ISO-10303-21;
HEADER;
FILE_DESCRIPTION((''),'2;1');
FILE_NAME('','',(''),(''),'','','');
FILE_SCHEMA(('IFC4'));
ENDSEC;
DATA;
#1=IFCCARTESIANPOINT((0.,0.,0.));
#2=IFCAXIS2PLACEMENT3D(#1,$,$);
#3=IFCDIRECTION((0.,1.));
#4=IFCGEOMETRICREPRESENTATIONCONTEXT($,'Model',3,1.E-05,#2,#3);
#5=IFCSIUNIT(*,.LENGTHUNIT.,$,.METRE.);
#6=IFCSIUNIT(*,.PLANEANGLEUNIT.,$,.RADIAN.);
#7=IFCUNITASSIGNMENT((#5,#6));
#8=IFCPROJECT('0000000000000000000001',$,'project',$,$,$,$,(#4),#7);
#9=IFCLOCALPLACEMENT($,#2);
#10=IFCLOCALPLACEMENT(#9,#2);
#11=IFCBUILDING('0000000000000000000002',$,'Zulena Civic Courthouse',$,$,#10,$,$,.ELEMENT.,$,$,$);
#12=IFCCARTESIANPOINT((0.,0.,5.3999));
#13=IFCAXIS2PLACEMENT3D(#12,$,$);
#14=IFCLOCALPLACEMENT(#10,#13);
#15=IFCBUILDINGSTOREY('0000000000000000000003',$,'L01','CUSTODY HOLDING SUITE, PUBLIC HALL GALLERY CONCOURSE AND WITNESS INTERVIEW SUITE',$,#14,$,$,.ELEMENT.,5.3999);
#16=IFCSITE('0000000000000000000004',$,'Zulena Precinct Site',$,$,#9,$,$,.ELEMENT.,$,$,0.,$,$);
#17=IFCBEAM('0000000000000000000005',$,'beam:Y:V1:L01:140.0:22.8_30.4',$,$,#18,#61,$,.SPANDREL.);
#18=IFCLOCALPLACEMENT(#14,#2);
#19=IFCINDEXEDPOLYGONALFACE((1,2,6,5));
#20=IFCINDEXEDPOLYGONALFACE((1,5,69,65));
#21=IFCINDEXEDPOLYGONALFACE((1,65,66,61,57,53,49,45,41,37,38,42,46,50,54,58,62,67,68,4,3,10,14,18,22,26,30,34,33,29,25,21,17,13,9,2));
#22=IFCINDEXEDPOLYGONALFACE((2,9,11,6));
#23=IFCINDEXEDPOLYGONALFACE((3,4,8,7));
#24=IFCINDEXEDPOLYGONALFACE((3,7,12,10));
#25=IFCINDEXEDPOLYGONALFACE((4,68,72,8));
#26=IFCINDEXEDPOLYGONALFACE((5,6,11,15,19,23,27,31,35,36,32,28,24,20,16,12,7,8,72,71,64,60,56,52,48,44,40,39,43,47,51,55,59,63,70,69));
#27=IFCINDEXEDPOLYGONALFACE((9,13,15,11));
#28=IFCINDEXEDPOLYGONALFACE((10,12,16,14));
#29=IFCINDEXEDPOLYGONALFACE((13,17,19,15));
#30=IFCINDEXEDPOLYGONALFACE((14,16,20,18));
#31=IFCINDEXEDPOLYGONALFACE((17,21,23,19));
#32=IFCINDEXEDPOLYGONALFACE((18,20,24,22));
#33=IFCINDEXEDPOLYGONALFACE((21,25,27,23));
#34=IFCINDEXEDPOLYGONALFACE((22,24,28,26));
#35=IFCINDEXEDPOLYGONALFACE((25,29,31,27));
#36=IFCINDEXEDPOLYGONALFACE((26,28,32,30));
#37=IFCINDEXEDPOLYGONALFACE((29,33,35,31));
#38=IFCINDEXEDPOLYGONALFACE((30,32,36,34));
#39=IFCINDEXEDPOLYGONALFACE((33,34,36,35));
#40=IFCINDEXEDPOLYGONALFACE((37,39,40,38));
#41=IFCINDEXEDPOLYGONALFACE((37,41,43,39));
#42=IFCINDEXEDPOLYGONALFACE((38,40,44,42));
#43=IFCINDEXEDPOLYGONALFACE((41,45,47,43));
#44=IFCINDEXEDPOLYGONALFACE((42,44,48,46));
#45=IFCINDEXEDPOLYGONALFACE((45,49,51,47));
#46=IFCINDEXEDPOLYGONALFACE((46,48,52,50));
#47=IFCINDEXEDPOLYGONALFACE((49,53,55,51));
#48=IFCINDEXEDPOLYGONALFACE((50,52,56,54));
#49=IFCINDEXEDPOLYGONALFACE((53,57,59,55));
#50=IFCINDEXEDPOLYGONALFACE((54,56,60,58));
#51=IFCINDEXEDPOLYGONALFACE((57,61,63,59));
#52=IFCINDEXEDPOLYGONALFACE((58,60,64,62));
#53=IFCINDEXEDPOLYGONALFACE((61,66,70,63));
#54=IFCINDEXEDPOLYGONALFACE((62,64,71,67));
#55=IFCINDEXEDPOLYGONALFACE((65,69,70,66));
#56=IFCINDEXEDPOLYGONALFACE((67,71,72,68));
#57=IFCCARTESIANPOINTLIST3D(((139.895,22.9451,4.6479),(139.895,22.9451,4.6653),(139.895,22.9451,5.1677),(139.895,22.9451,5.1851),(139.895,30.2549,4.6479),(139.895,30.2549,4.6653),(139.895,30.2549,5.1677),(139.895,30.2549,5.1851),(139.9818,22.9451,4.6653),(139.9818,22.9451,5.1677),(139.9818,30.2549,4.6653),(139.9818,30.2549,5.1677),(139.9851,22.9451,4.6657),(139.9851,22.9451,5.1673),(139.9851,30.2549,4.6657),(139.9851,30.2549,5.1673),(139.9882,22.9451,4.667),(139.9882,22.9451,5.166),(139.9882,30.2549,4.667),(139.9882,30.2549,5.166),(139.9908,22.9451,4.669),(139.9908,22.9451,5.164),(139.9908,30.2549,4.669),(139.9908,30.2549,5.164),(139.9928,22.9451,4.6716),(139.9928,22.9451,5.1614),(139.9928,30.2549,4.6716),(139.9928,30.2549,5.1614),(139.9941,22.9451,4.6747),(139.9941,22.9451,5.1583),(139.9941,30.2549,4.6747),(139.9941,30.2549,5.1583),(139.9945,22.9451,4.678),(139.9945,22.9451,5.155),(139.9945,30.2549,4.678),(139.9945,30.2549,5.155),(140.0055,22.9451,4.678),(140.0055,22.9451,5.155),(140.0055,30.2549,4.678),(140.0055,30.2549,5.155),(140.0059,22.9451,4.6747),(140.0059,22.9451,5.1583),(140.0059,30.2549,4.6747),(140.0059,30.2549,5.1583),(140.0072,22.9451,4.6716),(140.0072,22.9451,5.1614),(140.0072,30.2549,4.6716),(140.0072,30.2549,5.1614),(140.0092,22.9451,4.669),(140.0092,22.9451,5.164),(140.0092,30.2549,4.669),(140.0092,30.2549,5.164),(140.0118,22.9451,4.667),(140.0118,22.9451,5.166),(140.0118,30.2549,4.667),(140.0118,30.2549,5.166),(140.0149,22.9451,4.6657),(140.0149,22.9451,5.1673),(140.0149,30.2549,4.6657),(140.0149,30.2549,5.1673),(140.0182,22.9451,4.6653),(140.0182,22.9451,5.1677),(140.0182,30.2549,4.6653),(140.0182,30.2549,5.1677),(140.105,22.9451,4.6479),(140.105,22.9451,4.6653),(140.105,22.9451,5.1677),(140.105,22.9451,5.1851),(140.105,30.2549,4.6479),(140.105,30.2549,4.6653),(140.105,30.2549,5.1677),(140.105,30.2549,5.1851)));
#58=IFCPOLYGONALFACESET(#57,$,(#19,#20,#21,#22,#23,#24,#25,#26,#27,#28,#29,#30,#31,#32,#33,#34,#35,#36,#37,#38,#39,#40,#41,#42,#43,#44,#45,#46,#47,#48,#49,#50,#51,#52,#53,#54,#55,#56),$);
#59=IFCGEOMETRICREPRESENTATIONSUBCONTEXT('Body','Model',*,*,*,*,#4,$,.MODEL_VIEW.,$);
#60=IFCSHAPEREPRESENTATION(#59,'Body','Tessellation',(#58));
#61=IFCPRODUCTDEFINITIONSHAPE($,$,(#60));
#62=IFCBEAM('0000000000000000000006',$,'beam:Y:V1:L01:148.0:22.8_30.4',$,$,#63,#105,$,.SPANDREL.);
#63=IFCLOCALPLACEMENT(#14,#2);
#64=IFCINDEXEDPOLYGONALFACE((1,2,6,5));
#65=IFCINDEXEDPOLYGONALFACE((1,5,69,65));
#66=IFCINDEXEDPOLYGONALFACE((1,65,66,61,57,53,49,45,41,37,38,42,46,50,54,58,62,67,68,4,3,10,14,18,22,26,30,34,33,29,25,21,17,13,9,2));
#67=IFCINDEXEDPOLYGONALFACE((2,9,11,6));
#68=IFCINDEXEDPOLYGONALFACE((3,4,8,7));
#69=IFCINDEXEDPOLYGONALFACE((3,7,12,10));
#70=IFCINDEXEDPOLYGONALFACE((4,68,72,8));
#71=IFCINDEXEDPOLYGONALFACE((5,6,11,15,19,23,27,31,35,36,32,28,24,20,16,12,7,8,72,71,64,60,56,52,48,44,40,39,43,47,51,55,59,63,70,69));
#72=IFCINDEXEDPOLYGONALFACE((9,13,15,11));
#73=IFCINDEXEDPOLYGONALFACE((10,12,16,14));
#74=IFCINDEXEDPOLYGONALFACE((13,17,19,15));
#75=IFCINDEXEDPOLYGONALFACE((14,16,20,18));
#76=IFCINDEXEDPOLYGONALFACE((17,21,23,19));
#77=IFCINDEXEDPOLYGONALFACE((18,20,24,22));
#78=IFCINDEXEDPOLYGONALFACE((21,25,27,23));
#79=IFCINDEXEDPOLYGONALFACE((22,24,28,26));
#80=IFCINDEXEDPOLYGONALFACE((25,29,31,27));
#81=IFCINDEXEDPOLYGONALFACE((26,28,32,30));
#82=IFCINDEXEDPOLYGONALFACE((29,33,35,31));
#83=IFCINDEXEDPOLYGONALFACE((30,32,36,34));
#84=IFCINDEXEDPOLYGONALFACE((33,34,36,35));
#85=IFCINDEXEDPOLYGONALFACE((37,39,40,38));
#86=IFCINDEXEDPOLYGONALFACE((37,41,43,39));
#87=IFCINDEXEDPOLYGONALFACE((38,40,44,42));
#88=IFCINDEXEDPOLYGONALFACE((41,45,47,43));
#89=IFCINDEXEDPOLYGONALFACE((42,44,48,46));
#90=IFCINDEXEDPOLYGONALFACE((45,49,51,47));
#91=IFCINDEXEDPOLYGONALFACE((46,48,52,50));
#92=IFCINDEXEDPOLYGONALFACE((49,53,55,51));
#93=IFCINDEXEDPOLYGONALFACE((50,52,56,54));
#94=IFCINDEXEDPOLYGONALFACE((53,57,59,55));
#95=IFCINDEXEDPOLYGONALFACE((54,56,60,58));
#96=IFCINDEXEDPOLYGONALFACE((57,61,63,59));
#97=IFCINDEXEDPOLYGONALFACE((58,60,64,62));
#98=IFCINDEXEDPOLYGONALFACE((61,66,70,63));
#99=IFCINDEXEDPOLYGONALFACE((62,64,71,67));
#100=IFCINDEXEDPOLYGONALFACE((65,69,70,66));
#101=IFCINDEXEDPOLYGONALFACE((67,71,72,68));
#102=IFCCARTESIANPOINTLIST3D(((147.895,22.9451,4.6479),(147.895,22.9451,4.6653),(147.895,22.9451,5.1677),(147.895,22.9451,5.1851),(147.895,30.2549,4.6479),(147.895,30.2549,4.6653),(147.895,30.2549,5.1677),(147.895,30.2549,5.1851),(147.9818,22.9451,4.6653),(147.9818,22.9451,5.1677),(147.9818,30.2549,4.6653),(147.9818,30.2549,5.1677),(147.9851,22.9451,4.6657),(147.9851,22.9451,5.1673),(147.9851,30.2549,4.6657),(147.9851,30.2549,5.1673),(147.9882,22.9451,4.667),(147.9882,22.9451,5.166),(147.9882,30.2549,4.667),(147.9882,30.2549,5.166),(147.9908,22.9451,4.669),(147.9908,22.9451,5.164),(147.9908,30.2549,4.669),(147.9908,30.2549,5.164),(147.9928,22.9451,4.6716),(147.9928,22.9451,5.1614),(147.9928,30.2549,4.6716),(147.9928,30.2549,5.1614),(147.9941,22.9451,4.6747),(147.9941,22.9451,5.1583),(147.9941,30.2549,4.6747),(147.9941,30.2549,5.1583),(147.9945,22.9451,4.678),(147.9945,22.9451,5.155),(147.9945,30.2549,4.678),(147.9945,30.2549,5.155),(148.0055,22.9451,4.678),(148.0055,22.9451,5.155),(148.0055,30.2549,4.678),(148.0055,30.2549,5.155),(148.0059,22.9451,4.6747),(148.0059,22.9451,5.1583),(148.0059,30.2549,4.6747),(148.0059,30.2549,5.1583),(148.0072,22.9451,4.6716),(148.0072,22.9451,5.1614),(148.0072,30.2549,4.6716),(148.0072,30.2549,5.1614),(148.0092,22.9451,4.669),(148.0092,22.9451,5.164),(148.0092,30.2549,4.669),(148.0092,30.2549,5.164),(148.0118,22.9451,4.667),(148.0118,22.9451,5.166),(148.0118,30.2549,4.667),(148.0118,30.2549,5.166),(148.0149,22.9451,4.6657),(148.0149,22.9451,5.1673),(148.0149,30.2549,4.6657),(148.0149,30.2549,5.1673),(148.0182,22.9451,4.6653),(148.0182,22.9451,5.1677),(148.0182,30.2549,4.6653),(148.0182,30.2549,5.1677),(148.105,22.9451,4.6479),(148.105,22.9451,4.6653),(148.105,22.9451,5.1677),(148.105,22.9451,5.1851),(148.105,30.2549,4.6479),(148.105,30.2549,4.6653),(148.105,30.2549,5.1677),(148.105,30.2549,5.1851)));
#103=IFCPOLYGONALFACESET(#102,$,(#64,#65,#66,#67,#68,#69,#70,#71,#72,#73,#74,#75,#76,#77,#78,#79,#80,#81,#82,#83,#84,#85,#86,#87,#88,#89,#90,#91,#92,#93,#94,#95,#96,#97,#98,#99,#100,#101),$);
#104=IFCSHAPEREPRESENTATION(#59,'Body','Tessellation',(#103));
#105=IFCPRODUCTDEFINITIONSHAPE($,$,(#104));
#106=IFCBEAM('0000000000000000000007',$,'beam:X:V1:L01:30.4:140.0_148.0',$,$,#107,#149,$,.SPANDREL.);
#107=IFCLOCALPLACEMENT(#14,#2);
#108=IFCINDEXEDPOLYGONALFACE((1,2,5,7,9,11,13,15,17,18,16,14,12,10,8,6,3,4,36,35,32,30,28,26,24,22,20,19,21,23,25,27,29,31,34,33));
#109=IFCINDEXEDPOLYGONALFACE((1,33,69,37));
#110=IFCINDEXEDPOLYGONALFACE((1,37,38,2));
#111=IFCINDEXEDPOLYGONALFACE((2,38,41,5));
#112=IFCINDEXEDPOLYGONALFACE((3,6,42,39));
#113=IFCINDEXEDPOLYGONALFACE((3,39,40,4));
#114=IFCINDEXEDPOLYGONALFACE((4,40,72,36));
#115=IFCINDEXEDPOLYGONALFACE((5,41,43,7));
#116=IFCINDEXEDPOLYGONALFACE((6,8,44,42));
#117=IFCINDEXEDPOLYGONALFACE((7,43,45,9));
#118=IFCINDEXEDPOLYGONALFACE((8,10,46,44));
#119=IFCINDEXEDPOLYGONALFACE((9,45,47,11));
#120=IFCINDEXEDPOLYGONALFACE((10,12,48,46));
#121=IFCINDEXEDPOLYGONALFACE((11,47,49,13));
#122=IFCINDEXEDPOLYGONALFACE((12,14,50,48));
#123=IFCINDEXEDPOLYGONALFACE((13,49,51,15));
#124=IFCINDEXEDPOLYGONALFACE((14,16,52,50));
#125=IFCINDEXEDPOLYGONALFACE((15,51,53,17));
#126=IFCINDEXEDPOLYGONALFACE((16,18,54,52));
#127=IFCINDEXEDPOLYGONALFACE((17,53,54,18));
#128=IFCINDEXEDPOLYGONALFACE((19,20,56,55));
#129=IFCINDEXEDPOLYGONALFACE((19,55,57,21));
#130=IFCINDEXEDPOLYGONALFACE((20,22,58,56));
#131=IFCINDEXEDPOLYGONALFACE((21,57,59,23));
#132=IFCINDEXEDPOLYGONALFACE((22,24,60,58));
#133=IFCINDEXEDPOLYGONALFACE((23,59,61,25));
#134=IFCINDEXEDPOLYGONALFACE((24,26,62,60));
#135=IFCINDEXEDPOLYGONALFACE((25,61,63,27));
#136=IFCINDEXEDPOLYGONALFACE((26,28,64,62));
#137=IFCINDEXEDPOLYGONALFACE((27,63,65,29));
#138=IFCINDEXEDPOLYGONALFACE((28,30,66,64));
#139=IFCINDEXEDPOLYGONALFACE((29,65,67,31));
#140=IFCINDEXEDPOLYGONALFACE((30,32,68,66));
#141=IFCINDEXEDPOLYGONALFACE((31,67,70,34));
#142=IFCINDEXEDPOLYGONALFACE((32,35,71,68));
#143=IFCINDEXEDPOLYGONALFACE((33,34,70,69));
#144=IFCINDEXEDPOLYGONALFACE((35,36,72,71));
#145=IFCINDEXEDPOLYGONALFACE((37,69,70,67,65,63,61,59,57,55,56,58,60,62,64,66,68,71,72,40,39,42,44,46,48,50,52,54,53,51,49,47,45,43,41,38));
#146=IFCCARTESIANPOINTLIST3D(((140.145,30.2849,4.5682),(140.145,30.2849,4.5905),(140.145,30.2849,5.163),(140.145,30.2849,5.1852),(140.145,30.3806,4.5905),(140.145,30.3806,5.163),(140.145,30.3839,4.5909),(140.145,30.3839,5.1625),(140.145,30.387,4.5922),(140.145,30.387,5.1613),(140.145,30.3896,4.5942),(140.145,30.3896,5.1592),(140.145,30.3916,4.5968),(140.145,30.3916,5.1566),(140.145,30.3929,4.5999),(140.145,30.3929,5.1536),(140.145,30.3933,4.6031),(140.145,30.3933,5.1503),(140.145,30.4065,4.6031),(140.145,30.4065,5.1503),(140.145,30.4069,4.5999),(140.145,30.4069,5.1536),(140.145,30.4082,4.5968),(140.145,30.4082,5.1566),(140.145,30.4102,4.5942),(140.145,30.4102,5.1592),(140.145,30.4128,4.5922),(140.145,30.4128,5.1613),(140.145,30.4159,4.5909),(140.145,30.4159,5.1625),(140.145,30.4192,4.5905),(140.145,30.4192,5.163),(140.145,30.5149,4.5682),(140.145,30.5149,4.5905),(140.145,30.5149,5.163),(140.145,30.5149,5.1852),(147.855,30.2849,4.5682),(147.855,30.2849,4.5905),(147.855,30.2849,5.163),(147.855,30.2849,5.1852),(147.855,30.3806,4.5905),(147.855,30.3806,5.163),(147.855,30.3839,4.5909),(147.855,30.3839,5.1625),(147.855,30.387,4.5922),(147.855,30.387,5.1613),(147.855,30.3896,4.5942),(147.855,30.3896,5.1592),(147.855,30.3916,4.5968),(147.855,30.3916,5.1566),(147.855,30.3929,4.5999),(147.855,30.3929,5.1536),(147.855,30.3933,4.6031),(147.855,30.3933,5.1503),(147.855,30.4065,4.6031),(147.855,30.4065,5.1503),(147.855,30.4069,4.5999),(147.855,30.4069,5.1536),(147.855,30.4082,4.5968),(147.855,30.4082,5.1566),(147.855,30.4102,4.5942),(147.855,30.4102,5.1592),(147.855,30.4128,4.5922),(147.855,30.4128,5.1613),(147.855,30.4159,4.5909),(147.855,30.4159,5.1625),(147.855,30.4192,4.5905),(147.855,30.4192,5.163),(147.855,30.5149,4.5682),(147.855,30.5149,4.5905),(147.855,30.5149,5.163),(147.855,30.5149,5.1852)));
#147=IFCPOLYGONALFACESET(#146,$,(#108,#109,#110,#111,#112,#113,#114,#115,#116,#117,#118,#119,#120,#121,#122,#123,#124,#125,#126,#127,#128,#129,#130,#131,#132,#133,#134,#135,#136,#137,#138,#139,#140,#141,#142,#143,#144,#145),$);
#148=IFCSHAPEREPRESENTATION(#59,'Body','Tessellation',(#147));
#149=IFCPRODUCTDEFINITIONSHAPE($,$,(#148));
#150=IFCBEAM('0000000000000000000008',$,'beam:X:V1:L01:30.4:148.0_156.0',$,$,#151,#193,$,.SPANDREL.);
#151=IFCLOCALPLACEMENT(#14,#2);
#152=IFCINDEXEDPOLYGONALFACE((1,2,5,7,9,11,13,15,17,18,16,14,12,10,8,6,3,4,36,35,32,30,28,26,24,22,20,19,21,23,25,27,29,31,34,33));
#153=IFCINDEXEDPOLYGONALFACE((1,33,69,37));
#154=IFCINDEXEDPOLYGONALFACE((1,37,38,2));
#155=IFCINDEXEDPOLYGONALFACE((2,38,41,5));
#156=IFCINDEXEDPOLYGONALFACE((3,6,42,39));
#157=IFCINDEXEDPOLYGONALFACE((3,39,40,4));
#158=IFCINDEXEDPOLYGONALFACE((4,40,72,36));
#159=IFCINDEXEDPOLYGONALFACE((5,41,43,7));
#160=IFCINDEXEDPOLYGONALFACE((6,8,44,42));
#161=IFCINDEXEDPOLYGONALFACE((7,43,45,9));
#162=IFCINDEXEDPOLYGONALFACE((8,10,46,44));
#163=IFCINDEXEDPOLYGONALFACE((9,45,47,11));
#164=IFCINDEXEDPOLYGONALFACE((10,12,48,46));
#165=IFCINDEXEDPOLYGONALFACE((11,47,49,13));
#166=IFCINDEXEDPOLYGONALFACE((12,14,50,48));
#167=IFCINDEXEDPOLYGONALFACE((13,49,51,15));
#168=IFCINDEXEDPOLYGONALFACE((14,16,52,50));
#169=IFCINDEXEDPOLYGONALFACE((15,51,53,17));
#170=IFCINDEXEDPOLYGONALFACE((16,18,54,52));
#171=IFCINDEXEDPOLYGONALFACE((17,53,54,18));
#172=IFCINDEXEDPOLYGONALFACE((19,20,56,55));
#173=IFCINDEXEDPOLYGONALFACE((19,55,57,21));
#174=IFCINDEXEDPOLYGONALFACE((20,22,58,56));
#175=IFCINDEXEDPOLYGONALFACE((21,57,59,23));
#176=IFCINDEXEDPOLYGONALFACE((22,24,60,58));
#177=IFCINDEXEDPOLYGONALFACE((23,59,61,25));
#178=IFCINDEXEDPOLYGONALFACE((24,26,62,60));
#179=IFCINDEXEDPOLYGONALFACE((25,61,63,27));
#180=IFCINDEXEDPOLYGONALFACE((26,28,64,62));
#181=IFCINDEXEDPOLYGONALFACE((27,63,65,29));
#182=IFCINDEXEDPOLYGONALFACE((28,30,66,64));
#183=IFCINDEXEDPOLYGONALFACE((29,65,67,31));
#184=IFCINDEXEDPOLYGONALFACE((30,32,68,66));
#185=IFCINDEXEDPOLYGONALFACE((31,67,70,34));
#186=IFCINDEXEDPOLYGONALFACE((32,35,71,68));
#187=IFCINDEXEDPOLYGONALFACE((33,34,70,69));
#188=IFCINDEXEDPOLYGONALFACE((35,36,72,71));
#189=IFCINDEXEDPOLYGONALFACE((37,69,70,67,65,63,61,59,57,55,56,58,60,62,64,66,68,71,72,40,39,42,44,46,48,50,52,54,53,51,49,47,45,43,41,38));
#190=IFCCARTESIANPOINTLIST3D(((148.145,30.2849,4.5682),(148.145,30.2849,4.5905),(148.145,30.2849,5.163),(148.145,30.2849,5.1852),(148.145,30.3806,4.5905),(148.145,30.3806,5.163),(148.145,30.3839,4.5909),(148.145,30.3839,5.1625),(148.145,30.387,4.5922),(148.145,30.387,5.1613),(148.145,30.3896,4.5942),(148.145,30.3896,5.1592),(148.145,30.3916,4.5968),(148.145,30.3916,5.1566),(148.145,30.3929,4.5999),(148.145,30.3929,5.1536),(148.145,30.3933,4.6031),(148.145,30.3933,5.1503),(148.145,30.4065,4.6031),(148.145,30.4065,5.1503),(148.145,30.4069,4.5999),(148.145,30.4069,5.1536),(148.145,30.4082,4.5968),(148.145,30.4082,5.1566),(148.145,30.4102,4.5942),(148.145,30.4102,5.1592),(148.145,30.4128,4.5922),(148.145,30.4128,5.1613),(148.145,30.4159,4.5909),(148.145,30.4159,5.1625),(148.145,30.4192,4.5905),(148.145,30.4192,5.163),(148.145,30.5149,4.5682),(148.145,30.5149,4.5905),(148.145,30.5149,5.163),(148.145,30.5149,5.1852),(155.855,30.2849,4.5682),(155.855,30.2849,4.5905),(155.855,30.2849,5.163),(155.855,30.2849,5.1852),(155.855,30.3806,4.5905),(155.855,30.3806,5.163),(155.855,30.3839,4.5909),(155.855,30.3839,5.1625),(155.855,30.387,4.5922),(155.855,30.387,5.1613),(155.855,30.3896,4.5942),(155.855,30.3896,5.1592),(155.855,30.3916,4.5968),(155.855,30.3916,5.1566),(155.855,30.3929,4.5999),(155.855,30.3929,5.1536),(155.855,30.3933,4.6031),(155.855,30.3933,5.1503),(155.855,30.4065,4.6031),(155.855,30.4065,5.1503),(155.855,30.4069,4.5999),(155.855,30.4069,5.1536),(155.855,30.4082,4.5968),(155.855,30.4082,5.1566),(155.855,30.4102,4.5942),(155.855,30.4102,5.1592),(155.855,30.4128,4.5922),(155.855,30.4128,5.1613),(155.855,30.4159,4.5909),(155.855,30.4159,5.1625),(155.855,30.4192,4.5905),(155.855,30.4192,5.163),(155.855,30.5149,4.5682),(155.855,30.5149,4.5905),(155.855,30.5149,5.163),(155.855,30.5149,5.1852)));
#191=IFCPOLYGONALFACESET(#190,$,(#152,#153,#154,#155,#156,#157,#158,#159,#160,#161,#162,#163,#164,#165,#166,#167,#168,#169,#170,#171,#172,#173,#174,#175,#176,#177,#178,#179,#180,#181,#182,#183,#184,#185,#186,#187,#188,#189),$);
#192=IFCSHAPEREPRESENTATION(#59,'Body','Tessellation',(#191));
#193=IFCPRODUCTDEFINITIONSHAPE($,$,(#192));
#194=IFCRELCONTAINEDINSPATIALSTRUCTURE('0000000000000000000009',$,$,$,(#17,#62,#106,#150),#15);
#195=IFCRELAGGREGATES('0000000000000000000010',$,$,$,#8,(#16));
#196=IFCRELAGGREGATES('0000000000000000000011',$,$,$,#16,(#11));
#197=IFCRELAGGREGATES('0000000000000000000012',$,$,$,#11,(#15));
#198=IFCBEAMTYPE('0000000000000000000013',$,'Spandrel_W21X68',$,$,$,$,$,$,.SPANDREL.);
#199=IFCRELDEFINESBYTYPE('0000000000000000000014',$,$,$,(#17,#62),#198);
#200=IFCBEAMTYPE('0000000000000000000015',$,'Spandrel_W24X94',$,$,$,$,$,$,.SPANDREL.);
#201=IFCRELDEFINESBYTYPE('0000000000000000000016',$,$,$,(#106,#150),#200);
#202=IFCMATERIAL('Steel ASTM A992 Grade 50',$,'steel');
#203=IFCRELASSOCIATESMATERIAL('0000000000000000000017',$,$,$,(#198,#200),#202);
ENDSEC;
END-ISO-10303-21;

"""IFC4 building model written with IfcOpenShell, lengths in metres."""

from ifc_helpers import new_model, si_unit, direction, frame, origin, origin_2d, place, context, subcontext, project, spatial, i_section, extrude, material, material_profile, profile_set, type_object, element, save


model = new_model("IFC4")

# Units and contexts
model_context = context("Model", 3, precision=1e-05, world=origin(), true_north=direction((0.0, 1.0)))
body_context = subcontext(model_context, "Body", "Model", "MODEL_VIEW")
ifc_project = project(units=[si_unit("LENGTHUNIT", "METRE"), si_unit("PLANEANGLEUNIT", "RADIAN")], contexts=[model_context])

# Site, building, storey
site_placement = place(None, origin())
site = spatial("IfcSite", under=ifc_project, at=site_placement, Name="Zulena Precinct Site", CompositionType="ELEMENT", RefElevation=0.0)
building_placement = place(site_placement, origin())
building = spatial("IfcBuilding", under=site, at=building_placement, Name="Zulena Civic Courthouse", CompositionType="ELEMENT")
storey_placement = place(building_placement, frame((0.0, 0.0, 5.3999)))
storey = spatial("IfcBuildingStorey", under=building, at=storey_placement, Name="L01", Description="CUSTODY HOLDING SUITE, PUBLIC HALL GALLERY CONCOURSE AND WITNESS INTERVIEW SUITE", CompositionType="ELEMENT", Elevation=5.3999)

# Shared definitions
ifc_material_1 = material(Name="Steel ASTM A992 Grade 50", Category="steel")

# Beams
ifc_material_profile_1 = material_profile(ifc_material_1, i_section(OverallWidth=0.21, OverallDepth=0.5371, WebThickness=0.011, FlangeThickness=0.0173, FilletRadius=0.0127, at=origin_2d()), Name="W21X68")
ifc_profile_set_1 = profile_set([ifc_material_profile_1], Name="Steel ASTM A992 Grade 50")
beam_type_1 = type_object("IfcBeamType", Name="Spandrel_W21X68", PredefinedType="SPANDREL", material=ifc_profile_set_1)
for number, where, z_axis, x_axis, name in (
    (1, (140.0, 22.9451, 4.9165), (0.0, 1.0, 0.0), (-1.0, 0.0, 0.0), "beam:Y:V1:L01:140.0:22.8_30.4"),
    (2, (148.0, 22.9451, 4.9165), (0.0, 1.0, 0.0), (-1.0, 0.0, 0.0), "beam:Y:V1:L01:148.0:22.8_30.4"),
):
    element("IfcBeam", number, at=place(storey_placement, frame(where, z_axis=z_axis, x_axis=x_axis)), inside=storey, type_object=beam_type_1, Name=name, PredefinedType="SPANDREL", context=body_context, shape_type="SweptSolid", body=[
        extrude(i_section(OverallWidth=0.21, OverallDepth=0.5371, WebThickness=0.011, FlangeThickness=0.0173, FilletRadius=0.0127, at=origin_2d()), origin(), (0.0, 0.0, 1.0), 7.3098),
    ])
ifc_material_profile_2 = material_profile(ifc_material_1, i_section(OverallWidth=0.23, OverallDepth=0.6169, WebThickness=0.0132, FlangeThickness=0.0222, FilletRadius=0.0127, at=origin_2d()), Name="W24X94")
ifc_profile_set_2 = profile_set([ifc_material_profile_2], Name="Steel ASTM A992 Grade 50")
beam_type_2 = type_object("IfcBeamType", Name="Spandrel_W24X94", PredefinedType="SPANDREL", material=ifc_profile_set_2)
for number, where, z_axis, x_axis, name in (
    (3, (140.145, 30.3999, 4.8767), (1.0, 0.0, 0.0), (0.0, 1.0, 0.0), "beam:X:V1:L01:30.4:140.0_148.0"),
    (4, (148.145, 30.3999, 4.8767), (1.0, 0.0, 0.0), (0.0, 1.0, 0.0), "beam:X:V1:L01:30.4:148.0_156.0"),
):
    element("IfcBeam", number, at=place(storey_placement, frame(where, z_axis=z_axis, x_axis=x_axis)), inside=storey, type_object=beam_type_2, Name=name, PredefinedType="SPANDREL", context=body_context, shape_type="SweptSolid", body=[
        extrude(i_section(OverallWidth=0.23, OverallDepth=0.6169, WebThickness=0.0132, FlangeThickness=0.0222, FilletRadius=0.0127, at=origin_2d()), origin(), (0.0, 0.0, 1.0), 7.71),
    ])

save(model, "model.ifc")
